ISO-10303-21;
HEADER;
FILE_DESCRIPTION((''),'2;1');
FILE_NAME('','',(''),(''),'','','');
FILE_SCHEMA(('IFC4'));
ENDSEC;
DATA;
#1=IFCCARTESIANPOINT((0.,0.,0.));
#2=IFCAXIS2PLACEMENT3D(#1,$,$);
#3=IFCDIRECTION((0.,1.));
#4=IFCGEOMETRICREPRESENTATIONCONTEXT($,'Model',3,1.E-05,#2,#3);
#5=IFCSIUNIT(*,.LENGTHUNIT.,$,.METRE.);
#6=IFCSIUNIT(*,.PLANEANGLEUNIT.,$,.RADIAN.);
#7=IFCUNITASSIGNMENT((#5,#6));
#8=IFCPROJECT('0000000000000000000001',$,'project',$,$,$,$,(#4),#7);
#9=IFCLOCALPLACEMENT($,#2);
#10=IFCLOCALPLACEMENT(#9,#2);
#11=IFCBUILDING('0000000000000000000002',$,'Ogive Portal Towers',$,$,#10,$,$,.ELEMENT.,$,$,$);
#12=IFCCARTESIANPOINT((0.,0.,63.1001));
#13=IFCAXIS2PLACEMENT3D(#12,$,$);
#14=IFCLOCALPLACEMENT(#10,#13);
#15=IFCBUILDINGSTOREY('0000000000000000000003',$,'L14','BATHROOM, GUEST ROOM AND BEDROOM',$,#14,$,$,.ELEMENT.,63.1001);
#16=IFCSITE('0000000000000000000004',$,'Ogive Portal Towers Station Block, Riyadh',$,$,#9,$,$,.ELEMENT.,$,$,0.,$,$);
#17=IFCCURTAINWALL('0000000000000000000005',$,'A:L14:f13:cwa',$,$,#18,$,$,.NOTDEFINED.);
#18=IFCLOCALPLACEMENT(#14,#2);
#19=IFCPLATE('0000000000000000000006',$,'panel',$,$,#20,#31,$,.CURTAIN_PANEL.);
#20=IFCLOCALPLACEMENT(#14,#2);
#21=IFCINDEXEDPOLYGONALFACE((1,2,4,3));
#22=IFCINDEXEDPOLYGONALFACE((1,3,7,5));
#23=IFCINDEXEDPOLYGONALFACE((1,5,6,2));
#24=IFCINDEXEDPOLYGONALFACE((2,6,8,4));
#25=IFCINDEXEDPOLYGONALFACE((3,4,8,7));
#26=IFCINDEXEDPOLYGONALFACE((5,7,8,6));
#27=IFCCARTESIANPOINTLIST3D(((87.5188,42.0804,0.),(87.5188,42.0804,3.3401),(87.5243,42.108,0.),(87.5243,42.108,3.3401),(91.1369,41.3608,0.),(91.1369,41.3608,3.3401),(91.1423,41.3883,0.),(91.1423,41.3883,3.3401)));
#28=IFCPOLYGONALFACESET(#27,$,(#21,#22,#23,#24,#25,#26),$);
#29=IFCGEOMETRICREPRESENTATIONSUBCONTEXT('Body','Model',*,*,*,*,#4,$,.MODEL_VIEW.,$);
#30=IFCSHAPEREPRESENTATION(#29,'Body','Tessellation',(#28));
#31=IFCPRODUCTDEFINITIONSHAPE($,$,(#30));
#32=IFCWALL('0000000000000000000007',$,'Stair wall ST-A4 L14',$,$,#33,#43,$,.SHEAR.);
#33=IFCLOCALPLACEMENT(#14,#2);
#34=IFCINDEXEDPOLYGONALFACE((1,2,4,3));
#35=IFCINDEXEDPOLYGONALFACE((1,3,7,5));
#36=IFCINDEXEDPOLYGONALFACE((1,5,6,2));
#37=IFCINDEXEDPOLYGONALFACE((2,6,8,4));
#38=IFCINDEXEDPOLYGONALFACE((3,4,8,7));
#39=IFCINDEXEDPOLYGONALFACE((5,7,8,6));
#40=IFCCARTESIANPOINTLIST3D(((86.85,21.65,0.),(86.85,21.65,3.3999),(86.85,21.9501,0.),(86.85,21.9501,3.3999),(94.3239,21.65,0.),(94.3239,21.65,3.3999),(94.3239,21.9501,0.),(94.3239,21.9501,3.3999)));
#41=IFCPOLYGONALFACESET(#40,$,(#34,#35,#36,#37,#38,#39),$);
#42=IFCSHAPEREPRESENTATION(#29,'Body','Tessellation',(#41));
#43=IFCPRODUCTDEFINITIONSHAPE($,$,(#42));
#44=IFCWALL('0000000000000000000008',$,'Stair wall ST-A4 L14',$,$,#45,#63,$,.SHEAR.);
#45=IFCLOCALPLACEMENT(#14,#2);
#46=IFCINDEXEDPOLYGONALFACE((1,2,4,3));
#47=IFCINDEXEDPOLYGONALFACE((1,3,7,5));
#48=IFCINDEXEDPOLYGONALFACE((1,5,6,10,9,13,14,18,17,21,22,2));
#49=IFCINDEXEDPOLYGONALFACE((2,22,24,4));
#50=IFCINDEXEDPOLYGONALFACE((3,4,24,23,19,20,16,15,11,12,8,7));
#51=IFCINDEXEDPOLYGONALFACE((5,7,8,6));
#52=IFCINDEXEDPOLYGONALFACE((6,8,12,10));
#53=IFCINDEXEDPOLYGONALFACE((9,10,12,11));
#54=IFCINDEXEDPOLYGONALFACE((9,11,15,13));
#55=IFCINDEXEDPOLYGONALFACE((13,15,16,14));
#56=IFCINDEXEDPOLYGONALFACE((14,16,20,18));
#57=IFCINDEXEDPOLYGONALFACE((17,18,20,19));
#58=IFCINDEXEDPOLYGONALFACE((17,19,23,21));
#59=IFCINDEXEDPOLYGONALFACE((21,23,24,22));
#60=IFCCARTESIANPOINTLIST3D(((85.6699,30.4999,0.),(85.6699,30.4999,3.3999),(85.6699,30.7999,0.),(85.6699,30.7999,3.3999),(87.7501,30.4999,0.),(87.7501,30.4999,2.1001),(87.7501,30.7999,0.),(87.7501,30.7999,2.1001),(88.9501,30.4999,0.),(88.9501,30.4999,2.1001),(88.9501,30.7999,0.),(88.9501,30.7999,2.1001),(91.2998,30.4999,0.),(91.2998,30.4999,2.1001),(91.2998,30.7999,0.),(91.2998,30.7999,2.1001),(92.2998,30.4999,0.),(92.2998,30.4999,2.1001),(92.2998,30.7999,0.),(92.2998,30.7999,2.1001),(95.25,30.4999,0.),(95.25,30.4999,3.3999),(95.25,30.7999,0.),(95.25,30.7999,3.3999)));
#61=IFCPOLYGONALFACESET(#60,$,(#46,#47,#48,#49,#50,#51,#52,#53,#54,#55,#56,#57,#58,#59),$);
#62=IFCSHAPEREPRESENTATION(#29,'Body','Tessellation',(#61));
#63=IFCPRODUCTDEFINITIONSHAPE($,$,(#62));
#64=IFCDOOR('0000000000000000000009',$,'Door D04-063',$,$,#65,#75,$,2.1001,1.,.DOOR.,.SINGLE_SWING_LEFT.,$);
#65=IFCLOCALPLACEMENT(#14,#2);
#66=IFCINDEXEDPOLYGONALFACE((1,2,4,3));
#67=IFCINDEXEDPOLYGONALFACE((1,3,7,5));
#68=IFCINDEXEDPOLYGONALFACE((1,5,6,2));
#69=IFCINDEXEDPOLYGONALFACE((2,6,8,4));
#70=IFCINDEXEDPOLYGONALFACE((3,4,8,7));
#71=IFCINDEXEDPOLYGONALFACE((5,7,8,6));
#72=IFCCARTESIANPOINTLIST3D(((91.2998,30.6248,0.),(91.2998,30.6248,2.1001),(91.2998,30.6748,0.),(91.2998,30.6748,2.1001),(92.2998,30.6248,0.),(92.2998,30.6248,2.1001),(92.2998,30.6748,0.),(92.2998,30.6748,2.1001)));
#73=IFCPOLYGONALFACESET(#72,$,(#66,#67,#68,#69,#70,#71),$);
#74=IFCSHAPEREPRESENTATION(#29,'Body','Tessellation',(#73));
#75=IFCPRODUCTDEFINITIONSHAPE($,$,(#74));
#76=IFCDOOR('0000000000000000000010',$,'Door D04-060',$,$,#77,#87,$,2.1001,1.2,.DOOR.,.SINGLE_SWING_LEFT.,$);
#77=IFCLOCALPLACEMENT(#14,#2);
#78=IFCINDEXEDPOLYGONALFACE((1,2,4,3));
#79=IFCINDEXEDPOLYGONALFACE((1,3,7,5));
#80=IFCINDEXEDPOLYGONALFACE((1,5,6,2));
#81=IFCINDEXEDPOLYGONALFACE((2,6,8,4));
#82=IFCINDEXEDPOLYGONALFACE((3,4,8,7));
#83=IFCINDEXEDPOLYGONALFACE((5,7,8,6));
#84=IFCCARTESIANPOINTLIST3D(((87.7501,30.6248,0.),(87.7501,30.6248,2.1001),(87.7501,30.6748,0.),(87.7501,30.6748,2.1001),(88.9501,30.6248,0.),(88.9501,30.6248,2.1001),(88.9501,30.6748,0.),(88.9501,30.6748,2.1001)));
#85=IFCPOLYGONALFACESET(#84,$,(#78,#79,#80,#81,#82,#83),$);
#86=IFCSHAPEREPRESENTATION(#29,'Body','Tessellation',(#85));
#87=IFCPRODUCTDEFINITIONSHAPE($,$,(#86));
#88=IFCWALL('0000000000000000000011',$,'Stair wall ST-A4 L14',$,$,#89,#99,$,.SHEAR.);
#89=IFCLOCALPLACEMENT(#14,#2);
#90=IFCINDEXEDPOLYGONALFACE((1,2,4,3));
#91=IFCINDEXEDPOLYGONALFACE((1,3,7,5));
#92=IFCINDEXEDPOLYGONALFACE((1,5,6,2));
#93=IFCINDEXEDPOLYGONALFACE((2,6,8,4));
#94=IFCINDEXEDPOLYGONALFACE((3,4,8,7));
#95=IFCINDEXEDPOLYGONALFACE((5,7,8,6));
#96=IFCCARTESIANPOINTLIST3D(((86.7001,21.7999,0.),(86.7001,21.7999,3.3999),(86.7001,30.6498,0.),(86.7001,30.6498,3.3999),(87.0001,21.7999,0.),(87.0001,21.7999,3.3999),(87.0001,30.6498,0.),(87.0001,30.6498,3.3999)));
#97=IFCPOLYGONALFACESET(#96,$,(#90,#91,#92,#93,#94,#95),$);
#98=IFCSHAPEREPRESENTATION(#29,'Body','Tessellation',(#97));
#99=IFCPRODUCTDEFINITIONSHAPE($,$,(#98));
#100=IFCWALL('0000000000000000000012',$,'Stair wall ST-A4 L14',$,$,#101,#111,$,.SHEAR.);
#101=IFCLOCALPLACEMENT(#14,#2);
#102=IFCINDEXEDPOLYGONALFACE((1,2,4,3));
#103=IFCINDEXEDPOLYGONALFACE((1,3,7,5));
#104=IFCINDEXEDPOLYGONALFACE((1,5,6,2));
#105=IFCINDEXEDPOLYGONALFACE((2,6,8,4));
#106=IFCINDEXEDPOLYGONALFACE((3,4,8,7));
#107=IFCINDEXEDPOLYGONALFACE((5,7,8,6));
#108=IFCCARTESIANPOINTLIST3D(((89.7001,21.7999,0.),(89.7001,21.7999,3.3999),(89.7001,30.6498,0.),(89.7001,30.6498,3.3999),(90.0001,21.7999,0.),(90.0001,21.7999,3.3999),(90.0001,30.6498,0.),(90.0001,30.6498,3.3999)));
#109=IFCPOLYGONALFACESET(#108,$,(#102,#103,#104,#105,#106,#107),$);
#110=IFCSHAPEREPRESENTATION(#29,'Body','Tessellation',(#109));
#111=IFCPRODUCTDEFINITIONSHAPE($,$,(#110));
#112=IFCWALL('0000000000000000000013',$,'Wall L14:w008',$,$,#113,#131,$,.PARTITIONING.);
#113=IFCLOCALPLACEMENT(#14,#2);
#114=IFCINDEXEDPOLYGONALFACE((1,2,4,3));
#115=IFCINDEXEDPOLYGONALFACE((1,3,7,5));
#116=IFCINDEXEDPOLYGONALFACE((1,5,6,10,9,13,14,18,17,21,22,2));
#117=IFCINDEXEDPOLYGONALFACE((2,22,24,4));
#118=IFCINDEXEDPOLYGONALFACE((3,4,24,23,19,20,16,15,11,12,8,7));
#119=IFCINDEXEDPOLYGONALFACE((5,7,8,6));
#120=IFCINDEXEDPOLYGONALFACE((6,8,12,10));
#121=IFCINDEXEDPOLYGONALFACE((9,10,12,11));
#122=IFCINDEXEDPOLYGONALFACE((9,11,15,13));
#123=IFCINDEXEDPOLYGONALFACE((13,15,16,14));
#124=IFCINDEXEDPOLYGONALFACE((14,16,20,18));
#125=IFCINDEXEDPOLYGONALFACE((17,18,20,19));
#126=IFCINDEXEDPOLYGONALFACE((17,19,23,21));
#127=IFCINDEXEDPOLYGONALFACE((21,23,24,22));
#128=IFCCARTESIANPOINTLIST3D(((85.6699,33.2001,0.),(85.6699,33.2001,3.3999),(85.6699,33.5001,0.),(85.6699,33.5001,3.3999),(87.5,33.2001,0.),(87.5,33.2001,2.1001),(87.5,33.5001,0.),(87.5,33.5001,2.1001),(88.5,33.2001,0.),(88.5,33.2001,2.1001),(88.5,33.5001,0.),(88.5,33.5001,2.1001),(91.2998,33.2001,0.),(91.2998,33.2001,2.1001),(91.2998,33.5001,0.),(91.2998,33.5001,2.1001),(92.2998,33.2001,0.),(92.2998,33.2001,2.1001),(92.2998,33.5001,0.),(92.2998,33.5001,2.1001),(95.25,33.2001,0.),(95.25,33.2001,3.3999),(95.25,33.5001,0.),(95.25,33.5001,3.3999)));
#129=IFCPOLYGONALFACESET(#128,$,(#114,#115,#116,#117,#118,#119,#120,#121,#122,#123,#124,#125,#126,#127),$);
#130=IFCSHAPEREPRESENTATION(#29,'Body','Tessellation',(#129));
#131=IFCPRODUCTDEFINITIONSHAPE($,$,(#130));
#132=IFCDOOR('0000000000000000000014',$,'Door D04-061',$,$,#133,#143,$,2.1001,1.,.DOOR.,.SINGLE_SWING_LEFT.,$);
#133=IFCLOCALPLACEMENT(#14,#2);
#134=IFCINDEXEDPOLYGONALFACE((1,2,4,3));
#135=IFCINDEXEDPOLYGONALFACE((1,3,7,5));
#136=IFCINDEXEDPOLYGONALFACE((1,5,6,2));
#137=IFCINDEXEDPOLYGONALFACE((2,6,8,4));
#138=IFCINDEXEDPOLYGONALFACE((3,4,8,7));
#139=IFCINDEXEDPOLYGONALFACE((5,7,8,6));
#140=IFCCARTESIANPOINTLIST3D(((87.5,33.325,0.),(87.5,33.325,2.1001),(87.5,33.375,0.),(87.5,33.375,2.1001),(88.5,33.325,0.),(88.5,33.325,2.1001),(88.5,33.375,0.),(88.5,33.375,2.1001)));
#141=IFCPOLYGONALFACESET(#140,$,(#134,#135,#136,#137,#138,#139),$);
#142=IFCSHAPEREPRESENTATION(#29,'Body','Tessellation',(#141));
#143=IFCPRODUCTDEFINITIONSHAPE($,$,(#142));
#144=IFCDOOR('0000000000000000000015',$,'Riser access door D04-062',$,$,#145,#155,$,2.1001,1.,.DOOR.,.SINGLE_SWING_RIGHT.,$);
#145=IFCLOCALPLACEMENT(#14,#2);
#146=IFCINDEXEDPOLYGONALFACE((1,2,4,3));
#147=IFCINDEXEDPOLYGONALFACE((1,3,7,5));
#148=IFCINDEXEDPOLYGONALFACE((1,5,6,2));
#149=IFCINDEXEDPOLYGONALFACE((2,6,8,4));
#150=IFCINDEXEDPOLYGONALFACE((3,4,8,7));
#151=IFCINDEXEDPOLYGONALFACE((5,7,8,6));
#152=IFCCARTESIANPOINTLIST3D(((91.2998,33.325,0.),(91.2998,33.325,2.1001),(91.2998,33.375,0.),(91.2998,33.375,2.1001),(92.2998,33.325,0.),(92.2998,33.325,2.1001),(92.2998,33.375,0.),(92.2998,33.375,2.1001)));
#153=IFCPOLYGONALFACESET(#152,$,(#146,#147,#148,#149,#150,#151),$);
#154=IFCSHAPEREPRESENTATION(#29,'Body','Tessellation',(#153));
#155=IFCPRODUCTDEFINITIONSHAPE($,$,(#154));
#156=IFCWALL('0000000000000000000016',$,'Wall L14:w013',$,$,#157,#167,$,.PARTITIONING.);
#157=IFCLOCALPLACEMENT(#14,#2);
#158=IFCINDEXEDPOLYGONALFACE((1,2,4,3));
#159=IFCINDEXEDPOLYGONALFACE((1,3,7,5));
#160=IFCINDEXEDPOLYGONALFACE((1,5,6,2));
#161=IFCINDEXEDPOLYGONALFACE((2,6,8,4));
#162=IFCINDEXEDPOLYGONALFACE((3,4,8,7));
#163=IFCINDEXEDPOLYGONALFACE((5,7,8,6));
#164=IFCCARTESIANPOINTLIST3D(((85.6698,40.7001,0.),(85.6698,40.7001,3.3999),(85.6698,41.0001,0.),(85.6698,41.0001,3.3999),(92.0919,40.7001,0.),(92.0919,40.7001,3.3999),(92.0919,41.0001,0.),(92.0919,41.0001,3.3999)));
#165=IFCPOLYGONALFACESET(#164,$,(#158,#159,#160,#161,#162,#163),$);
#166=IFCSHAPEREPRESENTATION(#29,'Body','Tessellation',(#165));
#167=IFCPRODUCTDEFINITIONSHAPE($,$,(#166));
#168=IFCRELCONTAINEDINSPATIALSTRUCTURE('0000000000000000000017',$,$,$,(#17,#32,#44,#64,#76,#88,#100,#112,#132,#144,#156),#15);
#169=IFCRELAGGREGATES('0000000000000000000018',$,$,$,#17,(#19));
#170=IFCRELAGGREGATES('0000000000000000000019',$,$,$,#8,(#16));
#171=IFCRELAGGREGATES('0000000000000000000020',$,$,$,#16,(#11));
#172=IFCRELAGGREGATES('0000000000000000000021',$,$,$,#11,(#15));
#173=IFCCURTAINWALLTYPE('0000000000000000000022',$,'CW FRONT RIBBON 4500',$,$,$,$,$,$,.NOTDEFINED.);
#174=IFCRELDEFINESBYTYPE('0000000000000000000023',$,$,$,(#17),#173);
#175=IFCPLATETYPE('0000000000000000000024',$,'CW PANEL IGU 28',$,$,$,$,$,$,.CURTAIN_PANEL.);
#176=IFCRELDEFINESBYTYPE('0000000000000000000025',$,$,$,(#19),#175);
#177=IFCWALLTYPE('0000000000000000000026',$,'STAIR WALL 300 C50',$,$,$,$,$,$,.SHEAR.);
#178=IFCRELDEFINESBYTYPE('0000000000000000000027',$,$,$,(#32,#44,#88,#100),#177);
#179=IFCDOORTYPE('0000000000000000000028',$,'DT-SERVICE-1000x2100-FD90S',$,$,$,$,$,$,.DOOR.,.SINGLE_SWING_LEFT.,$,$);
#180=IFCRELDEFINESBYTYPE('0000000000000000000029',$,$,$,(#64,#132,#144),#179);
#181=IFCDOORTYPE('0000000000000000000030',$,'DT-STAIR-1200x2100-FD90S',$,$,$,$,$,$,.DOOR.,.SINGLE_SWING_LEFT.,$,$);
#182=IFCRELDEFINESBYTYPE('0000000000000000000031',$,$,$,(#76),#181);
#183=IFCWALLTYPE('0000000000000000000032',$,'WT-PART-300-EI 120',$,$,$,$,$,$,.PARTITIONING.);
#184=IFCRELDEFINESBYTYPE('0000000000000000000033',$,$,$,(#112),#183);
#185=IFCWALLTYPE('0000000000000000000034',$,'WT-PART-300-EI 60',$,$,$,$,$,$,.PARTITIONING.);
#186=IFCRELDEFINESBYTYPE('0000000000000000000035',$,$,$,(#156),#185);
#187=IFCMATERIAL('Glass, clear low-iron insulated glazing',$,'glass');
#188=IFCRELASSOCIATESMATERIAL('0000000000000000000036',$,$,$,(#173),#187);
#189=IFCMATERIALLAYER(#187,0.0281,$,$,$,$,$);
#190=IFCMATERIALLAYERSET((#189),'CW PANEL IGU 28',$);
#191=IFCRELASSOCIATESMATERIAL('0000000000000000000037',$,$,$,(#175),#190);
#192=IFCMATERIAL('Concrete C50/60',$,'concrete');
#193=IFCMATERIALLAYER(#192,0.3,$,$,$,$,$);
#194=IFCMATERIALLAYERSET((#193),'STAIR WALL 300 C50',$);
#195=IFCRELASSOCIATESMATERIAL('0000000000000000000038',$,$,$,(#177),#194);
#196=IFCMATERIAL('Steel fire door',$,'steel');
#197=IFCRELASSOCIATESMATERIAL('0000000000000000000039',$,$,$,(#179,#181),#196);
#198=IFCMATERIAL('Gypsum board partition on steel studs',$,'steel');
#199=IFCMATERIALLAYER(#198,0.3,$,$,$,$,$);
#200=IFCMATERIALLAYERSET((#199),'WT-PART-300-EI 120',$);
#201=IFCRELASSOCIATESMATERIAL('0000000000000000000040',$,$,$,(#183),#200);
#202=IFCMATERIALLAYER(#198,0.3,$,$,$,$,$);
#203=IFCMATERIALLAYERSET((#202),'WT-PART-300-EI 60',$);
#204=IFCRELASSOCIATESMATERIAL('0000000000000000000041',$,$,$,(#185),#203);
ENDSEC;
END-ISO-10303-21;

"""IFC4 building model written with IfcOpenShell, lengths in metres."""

from ifc_helpers import new_model, si_unit, direction, frame, frame_2d, origin, origin_2d, place, context, subcontext, project, spatial, rectangle, extrude, material, layer, layer_set, type_object, element, fill, aggregate, save


model = new_model("IFC4")

# Units and contexts
model_context = context("Model", 3, precision=1e-05, world=origin(), true_north=direction((0.0, 1.0)))
body_context = subcontext(model_context, "Body", "Model", "MODEL_VIEW")
ifc_project = project(units=[si_unit("LENGTHUNIT", "METRE"), si_unit("PLANEANGLEUNIT", "RADIAN")], contexts=[model_context])

# Site, building, storey
site_placement = place(None, origin())
site = spatial("IfcSite", under=ifc_project, at=site_placement, Name="Ogive Portal Towers Station Block, Riyadh", CompositionType="ELEMENT", RefElevation=0.0)
building_placement = place(site_placement, origin())
building = spatial("IfcBuilding", under=site, at=building_placement, Name="Ogive Portal Towers", CompositionType="ELEMENT")
storey_placement = place(building_placement, frame((0.0, 0.0, 63.1001)))
storey = spatial("IfcBuildingStorey", under=building, at=storey_placement, Name="L14", Description="BATHROOM, GUEST ROOM AND BEDROOM", CompositionType="ELEMENT", Elevation=63.1001)

# Shared definitions
ifc_material_1 = material(Name="Glass, clear low-iron insulated glazing", Category="glass")
curtain_wall_type = type_object("IfcCurtainWallType", Name="CW FRONT RIBBON 4500", PredefinedType="NOTDEFINED", material=ifc_material_1)

# Curtain wall
curtain_wall_1_placement = place(storey_placement, origin())
curtain_wall_1 = element("IfcCurtainWall", 1, at=curtain_wall_1_placement, inside=storey, type_object=curtain_wall_type, Name="A:L14:f13:cwa", PredefinedType="NOTDEFINED")

# Plate
ifc_layer_1 = layer(ifc_material_1, 0.0281)
ifc_layer_set_1 = layer_set([ifc_layer_1], Name="CW PANEL IGU 28")
plate_type = type_object("IfcPlateType", Name="CW PANEL IGU 28", PredefinedType="CURTAIN_PANEL", material=ifc_layer_set_1)
plate_1_placement = place(storey_placement, frame((89.3306, 41.7344, 0.0), z_axis=(0.0, 0.0, 1.0), x_axis=(-0.980785, 0.19509, 0.0)))
plate_1 = element("IfcPlate", 2, at=plate_1_placement, type_object=plate_type, Name="panel", PredefinedType="CURTAIN_PANEL", context=body_context, shape_type="SweptSolid", body=[
    extrude(rectangle(XDim=3.689, YDim=0.0281, at=origin_2d()), origin(), (0.0, 0.0, 1.0), 3.3401),
])
aggregate(curtain_wall_1, [plate_1])

# Wall
ifc_material_2 = material(Name="Concrete C50/60", Category="concrete")
ifc_layer_2 = layer(ifc_material_2, 0.3)
ifc_layer_set_2 = layer_set([ifc_layer_2], Name="STAIR WALL 300 C50")
wall_type_1 = type_object("IfcWallType", Name="STAIR WALL 300 C50", PredefinedType="SHEAR", material=ifc_layer_set_2)
wall_1_placement = place(storey_placement, frame((86.8501, 21.8, 0.0), z_axis=(0.0, 0.0, 1.0), x_axis=(1.0, 0.0, 0.0)))
element("IfcWall", 3, at=wall_1_placement, inside=storey, type_object=wall_type_1, Name="Stair wall ST-A4 L14", PredefinedType="SHEAR", context=body_context, shape_type="SweptSolid", body=[
    extrude(rectangle(XDim=7.4739, YDim=0.3, at=frame_2d((3.7368, 0.0))), origin(), (0.0, 0.0, 1.0), 3.3999),
])

# Wall, openings, doors
wall_2_placement = place(storey_placement, frame((85.6699, 30.6499, 0.0), z_axis=(0.0, 0.0, 1.0), x_axis=(1.0, 0.0, 0.0)))
wall_2 = element("IfcWall", 4, at=wall_2_placement, inside=storey, type_object=wall_type_1, Name="Stair wall ST-A4 L14", PredefinedType="SHEAR", context=body_context, shape_type="SweptSolid", body=[
    extrude(rectangle(XDim=9.5801, YDim=0.3, at=frame_2d((4.79, 0.0))), origin(), (0.0, 0.0, 1.0), 3.3999),
])
opening_1_placement = place(wall_2_placement, frame((2.0801, 0.0, 0.0)))
opening_1 = element("IfcOpeningElement", 5, at=opening_1_placement, cuts=wall_2, PredefinedType="OPENING", context=body_context, shape_type="SweptSolid", body=[
    extrude(rectangle(XDim=1.2, YDim=2.1001, at=frame_2d((0.6001, 1.05))), frame((0.0, 0.1602, 0.0), z_axis=(0.0, -1.0, 0.0), x_axis=(1.0, 0.0, 0.0)), (0.0, 0.0, 1.0), 0.3201),
])
opening_2_placement = place(wall_2_placement, frame((5.6299, 0.0, 0.0)))
opening_2 = element("IfcOpeningElement", 6, at=opening_2_placement, cuts=wall_2, PredefinedType="OPENING", context=body_context, shape_type="SweptSolid", body=[
    extrude(rectangle(XDim=1.0, YDim=2.1001, at=frame_2d((0.5, 1.05))), frame((0.0, 0.1602, 0.0), z_axis=(0.0, -1.0, 0.0), x_axis=(1.0, 0.0, 0.0)), (0.0, 0.0, 1.0), 0.3201),
])
ifc_material_3 = material(Name="Steel fire door", Category="steel")
door_type_1 = type_object("IfcDoorType", Name="DT-SERVICE-1000x2100-FD90S", OperationType="SINGLE_SWING_LEFT", PredefinedType="DOOR", material=ifc_material_3)
door_1_placement = place(opening_2_placement, origin())
door_1 = element("IfcDoor", 7, at=door_1_placement, inside=storey, type_object=door_type_1, Name="Door D04-063", OperationType="SINGLE_SWING_LEFT", OverallHeight=2.1001, OverallWidth=1.0, PredefinedType="DOOR", context=body_context, shape_type="SweptSolid", body=[
    extrude(rectangle(XDim=1.0, YDim=2.1001, at=frame_2d((0.5, 1.05))), frame((0.0, 0.0249, 0.0), z_axis=(0.0, -1.0, 0.0), x_axis=(1.0, 0.0, 0.0)), (0.0, 0.0, 1.0), 0.05),
])
fill(opening_2, door_1)
door_type_2 = type_object("IfcDoorType", Name="DT-STAIR-1200x2100-FD90S", OperationType="SINGLE_SWING_LEFT", PredefinedType="DOOR", material=ifc_material_3)
door_2_placement = place(opening_1_placement, origin())
door_2 = element("IfcDoor", 8, at=door_2_placement, inside=storey, type_object=door_type_2, Name="Door D04-060", OperationType="SINGLE_SWING_LEFT", OverallHeight=2.1001, OverallWidth=1.2, PredefinedType="DOOR", context=body_context, shape_type="SweptSolid", body=[
    extrude(rectangle(XDim=1.2, YDim=2.1001, at=frame_2d((0.6001, 1.05))), frame((0.0, 0.0249, 0.0), z_axis=(0.0, -1.0, 0.0), x_axis=(1.0, 0.0, 0.0)), (0.0, 0.0, 1.0), 0.05),
])
fill(opening_1, door_2)

# Walls
for number, where, z_axis, x_axis, name in (
    (9, (86.8501, 21.8, 0.0), (0.0, 0.0, 1.0), (0.0, 1.0, 0.0), "Stair wall ST-A4 L14"),
    (10, (89.8501, 21.8, 0.0), (0.0, 0.0, 1.0), (0.0, 1.0, 0.0), "Stair wall ST-A4 L14"),
):
    element("IfcWall", number, at=place(storey_placement, frame(where, z_axis=z_axis, x_axis=x_axis)), inside=storey, type_object=wall_type_1, Name=name, PredefinedType="SHEAR", context=body_context, shape_type="SweptSolid", body=[
        extrude(rectangle(XDim=8.8499, YDim=0.3, at=frame_2d((4.4248, 0.0))), origin(), (0.0, 0.0, 1.0), 3.3999),
    ])

# Wall, openings, doors
ifc_material_4 = material(Name="Gypsum board partition on steel studs", Category="steel")
ifc_layer_3 = layer(ifc_material_4, 0.3)
ifc_layer_set_3 = layer_set([ifc_layer_3], Name="WT-PART-300-EI 120")
wall_type_2 = type_object("IfcWallType", Name="WT-PART-300-EI 120", PredefinedType="PARTITIONING", material=ifc_layer_set_3)
wall_3_placement = place(storey_placement, frame((85.6699, 33.3501, 0.0), z_axis=(0.0, 0.0, 1.0), x_axis=(1.0, 0.0, 0.0)))
wall_3 = element("IfcWall", 11, at=wall_3_placement, inside=storey, type_object=wall_type_2, Name="Wall L14:w008", PredefinedType="PARTITIONING", context=body_context, shape_type="SweptSolid", body=[
    extrude(rectangle(XDim=9.5801, YDim=0.3, at=frame_2d((4.79, 0.0))), origin(), (0.0, 0.0, 1.0), 3.3999),
])
opening_3_placement = place(wall_3_placement, frame((1.8301, 0.0, 0.0)))
opening_3 = element("IfcOpeningElement", 12, at=opening_3_placement, cuts=wall_3, PredefinedType="OPENING", context=body_context, shape_type="SweptSolid", body=[
    extrude(rectangle(XDim=1.0, YDim=2.1001, at=frame_2d((0.5, 1.05))), frame((0.0, 0.1602, 0.0), z_axis=(0.0, -1.0, 0.0), x_axis=(1.0, 0.0, 0.0)), (0.0, 0.0, 1.0), 0.3201),
])
opening_4_placement = place(wall_3_placement, frame((5.6299, 0.0, 0.0)))
opening_4 = element("IfcOpeningElement", 13, at=opening_4_placement, cuts=wall_3, PredefinedType="OPENING", context=body_context, shape_type="SweptSolid", body=[
    extrude(rectangle(XDim=1.0, YDim=2.1001, at=frame_2d((0.5, 1.05))), frame((0.0, 0.1602, 0.0), z_axis=(0.0, -1.0, 0.0), x_axis=(1.0, 0.0, 0.0)), (0.0, 0.0, 1.0), 0.3201),
])
door_3_placement = place(opening_3_placement, origin())
door_3 = element("IfcDoor", 14, at=door_3_placement, inside=storey, type_object=door_type_1, Name="Door D04-061", OperationType="SINGLE_SWING_LEFT", OverallHeight=2.1001, OverallWidth=1.0, PredefinedType="DOOR", context=body_context, shape_type="SweptSolid", body=[
    extrude(rectangle(XDim=1.0, YDim=2.1001, at=frame_2d((0.5, 1.05))), frame((0.0, 0.0249, 0.0), z_axis=(0.0, -1.0, 0.0), x_axis=(1.0, 0.0, 0.0)), (0.0, 0.0, 1.0), 0.05),
])
fill(opening_3, door_3)
door_4_placement = place(opening_4_placement, origin())
door_4 = element("IfcDoor", 15, at=door_4_placement, inside=storey, type_object=door_type_1, Name="Riser access door D04-062", OperationType="SINGLE_SWING_RIGHT", OverallHeight=2.1001, OverallWidth=1.0, PredefinedType="DOOR", context=body_context, shape_type="SweptSolid", body=[
    extrude(rectangle(XDim=1.0, YDim=2.1001, at=frame_2d((0.5, 1.05))), frame((0.0, 0.0249, 0.0), z_axis=(0.0, -1.0, 0.0), x_axis=(1.0, 0.0, 0.0)), (0.0, 0.0, 1.0), 0.05),
])
fill(opening_4, door_4)

# Wall
ifc_layer_4 = layer(ifc_material_4, 0.3)
ifc_layer_set_4 = layer_set([ifc_layer_4], Name="WT-PART-300-EI 60")
wall_type_3 = type_object("IfcWallType", Name="WT-PART-300-EI 60", PredefinedType="PARTITIONING", material=ifc_layer_set_4)
wall_4_placement = place(storey_placement, frame((85.6699, 40.8501, 0.0), z_axis=(0.0, 0.0, 1.0), x_axis=(1.0, 0.0, 0.0)))
element("IfcWall", 16, at=wall_4_placement, inside=storey, type_object=wall_type_3, Name="Wall L14:w013", PredefinedType="PARTITIONING", context=body_context, shape_type="SweptSolid", body=[
    extrude(rectangle(XDim=6.4221, YDim=0.3, at=frame_2d((3.2109, 0.0))), origin(), (0.0, 0.0, 1.0), 3.3999),
])

save(model, "model.ifc")
